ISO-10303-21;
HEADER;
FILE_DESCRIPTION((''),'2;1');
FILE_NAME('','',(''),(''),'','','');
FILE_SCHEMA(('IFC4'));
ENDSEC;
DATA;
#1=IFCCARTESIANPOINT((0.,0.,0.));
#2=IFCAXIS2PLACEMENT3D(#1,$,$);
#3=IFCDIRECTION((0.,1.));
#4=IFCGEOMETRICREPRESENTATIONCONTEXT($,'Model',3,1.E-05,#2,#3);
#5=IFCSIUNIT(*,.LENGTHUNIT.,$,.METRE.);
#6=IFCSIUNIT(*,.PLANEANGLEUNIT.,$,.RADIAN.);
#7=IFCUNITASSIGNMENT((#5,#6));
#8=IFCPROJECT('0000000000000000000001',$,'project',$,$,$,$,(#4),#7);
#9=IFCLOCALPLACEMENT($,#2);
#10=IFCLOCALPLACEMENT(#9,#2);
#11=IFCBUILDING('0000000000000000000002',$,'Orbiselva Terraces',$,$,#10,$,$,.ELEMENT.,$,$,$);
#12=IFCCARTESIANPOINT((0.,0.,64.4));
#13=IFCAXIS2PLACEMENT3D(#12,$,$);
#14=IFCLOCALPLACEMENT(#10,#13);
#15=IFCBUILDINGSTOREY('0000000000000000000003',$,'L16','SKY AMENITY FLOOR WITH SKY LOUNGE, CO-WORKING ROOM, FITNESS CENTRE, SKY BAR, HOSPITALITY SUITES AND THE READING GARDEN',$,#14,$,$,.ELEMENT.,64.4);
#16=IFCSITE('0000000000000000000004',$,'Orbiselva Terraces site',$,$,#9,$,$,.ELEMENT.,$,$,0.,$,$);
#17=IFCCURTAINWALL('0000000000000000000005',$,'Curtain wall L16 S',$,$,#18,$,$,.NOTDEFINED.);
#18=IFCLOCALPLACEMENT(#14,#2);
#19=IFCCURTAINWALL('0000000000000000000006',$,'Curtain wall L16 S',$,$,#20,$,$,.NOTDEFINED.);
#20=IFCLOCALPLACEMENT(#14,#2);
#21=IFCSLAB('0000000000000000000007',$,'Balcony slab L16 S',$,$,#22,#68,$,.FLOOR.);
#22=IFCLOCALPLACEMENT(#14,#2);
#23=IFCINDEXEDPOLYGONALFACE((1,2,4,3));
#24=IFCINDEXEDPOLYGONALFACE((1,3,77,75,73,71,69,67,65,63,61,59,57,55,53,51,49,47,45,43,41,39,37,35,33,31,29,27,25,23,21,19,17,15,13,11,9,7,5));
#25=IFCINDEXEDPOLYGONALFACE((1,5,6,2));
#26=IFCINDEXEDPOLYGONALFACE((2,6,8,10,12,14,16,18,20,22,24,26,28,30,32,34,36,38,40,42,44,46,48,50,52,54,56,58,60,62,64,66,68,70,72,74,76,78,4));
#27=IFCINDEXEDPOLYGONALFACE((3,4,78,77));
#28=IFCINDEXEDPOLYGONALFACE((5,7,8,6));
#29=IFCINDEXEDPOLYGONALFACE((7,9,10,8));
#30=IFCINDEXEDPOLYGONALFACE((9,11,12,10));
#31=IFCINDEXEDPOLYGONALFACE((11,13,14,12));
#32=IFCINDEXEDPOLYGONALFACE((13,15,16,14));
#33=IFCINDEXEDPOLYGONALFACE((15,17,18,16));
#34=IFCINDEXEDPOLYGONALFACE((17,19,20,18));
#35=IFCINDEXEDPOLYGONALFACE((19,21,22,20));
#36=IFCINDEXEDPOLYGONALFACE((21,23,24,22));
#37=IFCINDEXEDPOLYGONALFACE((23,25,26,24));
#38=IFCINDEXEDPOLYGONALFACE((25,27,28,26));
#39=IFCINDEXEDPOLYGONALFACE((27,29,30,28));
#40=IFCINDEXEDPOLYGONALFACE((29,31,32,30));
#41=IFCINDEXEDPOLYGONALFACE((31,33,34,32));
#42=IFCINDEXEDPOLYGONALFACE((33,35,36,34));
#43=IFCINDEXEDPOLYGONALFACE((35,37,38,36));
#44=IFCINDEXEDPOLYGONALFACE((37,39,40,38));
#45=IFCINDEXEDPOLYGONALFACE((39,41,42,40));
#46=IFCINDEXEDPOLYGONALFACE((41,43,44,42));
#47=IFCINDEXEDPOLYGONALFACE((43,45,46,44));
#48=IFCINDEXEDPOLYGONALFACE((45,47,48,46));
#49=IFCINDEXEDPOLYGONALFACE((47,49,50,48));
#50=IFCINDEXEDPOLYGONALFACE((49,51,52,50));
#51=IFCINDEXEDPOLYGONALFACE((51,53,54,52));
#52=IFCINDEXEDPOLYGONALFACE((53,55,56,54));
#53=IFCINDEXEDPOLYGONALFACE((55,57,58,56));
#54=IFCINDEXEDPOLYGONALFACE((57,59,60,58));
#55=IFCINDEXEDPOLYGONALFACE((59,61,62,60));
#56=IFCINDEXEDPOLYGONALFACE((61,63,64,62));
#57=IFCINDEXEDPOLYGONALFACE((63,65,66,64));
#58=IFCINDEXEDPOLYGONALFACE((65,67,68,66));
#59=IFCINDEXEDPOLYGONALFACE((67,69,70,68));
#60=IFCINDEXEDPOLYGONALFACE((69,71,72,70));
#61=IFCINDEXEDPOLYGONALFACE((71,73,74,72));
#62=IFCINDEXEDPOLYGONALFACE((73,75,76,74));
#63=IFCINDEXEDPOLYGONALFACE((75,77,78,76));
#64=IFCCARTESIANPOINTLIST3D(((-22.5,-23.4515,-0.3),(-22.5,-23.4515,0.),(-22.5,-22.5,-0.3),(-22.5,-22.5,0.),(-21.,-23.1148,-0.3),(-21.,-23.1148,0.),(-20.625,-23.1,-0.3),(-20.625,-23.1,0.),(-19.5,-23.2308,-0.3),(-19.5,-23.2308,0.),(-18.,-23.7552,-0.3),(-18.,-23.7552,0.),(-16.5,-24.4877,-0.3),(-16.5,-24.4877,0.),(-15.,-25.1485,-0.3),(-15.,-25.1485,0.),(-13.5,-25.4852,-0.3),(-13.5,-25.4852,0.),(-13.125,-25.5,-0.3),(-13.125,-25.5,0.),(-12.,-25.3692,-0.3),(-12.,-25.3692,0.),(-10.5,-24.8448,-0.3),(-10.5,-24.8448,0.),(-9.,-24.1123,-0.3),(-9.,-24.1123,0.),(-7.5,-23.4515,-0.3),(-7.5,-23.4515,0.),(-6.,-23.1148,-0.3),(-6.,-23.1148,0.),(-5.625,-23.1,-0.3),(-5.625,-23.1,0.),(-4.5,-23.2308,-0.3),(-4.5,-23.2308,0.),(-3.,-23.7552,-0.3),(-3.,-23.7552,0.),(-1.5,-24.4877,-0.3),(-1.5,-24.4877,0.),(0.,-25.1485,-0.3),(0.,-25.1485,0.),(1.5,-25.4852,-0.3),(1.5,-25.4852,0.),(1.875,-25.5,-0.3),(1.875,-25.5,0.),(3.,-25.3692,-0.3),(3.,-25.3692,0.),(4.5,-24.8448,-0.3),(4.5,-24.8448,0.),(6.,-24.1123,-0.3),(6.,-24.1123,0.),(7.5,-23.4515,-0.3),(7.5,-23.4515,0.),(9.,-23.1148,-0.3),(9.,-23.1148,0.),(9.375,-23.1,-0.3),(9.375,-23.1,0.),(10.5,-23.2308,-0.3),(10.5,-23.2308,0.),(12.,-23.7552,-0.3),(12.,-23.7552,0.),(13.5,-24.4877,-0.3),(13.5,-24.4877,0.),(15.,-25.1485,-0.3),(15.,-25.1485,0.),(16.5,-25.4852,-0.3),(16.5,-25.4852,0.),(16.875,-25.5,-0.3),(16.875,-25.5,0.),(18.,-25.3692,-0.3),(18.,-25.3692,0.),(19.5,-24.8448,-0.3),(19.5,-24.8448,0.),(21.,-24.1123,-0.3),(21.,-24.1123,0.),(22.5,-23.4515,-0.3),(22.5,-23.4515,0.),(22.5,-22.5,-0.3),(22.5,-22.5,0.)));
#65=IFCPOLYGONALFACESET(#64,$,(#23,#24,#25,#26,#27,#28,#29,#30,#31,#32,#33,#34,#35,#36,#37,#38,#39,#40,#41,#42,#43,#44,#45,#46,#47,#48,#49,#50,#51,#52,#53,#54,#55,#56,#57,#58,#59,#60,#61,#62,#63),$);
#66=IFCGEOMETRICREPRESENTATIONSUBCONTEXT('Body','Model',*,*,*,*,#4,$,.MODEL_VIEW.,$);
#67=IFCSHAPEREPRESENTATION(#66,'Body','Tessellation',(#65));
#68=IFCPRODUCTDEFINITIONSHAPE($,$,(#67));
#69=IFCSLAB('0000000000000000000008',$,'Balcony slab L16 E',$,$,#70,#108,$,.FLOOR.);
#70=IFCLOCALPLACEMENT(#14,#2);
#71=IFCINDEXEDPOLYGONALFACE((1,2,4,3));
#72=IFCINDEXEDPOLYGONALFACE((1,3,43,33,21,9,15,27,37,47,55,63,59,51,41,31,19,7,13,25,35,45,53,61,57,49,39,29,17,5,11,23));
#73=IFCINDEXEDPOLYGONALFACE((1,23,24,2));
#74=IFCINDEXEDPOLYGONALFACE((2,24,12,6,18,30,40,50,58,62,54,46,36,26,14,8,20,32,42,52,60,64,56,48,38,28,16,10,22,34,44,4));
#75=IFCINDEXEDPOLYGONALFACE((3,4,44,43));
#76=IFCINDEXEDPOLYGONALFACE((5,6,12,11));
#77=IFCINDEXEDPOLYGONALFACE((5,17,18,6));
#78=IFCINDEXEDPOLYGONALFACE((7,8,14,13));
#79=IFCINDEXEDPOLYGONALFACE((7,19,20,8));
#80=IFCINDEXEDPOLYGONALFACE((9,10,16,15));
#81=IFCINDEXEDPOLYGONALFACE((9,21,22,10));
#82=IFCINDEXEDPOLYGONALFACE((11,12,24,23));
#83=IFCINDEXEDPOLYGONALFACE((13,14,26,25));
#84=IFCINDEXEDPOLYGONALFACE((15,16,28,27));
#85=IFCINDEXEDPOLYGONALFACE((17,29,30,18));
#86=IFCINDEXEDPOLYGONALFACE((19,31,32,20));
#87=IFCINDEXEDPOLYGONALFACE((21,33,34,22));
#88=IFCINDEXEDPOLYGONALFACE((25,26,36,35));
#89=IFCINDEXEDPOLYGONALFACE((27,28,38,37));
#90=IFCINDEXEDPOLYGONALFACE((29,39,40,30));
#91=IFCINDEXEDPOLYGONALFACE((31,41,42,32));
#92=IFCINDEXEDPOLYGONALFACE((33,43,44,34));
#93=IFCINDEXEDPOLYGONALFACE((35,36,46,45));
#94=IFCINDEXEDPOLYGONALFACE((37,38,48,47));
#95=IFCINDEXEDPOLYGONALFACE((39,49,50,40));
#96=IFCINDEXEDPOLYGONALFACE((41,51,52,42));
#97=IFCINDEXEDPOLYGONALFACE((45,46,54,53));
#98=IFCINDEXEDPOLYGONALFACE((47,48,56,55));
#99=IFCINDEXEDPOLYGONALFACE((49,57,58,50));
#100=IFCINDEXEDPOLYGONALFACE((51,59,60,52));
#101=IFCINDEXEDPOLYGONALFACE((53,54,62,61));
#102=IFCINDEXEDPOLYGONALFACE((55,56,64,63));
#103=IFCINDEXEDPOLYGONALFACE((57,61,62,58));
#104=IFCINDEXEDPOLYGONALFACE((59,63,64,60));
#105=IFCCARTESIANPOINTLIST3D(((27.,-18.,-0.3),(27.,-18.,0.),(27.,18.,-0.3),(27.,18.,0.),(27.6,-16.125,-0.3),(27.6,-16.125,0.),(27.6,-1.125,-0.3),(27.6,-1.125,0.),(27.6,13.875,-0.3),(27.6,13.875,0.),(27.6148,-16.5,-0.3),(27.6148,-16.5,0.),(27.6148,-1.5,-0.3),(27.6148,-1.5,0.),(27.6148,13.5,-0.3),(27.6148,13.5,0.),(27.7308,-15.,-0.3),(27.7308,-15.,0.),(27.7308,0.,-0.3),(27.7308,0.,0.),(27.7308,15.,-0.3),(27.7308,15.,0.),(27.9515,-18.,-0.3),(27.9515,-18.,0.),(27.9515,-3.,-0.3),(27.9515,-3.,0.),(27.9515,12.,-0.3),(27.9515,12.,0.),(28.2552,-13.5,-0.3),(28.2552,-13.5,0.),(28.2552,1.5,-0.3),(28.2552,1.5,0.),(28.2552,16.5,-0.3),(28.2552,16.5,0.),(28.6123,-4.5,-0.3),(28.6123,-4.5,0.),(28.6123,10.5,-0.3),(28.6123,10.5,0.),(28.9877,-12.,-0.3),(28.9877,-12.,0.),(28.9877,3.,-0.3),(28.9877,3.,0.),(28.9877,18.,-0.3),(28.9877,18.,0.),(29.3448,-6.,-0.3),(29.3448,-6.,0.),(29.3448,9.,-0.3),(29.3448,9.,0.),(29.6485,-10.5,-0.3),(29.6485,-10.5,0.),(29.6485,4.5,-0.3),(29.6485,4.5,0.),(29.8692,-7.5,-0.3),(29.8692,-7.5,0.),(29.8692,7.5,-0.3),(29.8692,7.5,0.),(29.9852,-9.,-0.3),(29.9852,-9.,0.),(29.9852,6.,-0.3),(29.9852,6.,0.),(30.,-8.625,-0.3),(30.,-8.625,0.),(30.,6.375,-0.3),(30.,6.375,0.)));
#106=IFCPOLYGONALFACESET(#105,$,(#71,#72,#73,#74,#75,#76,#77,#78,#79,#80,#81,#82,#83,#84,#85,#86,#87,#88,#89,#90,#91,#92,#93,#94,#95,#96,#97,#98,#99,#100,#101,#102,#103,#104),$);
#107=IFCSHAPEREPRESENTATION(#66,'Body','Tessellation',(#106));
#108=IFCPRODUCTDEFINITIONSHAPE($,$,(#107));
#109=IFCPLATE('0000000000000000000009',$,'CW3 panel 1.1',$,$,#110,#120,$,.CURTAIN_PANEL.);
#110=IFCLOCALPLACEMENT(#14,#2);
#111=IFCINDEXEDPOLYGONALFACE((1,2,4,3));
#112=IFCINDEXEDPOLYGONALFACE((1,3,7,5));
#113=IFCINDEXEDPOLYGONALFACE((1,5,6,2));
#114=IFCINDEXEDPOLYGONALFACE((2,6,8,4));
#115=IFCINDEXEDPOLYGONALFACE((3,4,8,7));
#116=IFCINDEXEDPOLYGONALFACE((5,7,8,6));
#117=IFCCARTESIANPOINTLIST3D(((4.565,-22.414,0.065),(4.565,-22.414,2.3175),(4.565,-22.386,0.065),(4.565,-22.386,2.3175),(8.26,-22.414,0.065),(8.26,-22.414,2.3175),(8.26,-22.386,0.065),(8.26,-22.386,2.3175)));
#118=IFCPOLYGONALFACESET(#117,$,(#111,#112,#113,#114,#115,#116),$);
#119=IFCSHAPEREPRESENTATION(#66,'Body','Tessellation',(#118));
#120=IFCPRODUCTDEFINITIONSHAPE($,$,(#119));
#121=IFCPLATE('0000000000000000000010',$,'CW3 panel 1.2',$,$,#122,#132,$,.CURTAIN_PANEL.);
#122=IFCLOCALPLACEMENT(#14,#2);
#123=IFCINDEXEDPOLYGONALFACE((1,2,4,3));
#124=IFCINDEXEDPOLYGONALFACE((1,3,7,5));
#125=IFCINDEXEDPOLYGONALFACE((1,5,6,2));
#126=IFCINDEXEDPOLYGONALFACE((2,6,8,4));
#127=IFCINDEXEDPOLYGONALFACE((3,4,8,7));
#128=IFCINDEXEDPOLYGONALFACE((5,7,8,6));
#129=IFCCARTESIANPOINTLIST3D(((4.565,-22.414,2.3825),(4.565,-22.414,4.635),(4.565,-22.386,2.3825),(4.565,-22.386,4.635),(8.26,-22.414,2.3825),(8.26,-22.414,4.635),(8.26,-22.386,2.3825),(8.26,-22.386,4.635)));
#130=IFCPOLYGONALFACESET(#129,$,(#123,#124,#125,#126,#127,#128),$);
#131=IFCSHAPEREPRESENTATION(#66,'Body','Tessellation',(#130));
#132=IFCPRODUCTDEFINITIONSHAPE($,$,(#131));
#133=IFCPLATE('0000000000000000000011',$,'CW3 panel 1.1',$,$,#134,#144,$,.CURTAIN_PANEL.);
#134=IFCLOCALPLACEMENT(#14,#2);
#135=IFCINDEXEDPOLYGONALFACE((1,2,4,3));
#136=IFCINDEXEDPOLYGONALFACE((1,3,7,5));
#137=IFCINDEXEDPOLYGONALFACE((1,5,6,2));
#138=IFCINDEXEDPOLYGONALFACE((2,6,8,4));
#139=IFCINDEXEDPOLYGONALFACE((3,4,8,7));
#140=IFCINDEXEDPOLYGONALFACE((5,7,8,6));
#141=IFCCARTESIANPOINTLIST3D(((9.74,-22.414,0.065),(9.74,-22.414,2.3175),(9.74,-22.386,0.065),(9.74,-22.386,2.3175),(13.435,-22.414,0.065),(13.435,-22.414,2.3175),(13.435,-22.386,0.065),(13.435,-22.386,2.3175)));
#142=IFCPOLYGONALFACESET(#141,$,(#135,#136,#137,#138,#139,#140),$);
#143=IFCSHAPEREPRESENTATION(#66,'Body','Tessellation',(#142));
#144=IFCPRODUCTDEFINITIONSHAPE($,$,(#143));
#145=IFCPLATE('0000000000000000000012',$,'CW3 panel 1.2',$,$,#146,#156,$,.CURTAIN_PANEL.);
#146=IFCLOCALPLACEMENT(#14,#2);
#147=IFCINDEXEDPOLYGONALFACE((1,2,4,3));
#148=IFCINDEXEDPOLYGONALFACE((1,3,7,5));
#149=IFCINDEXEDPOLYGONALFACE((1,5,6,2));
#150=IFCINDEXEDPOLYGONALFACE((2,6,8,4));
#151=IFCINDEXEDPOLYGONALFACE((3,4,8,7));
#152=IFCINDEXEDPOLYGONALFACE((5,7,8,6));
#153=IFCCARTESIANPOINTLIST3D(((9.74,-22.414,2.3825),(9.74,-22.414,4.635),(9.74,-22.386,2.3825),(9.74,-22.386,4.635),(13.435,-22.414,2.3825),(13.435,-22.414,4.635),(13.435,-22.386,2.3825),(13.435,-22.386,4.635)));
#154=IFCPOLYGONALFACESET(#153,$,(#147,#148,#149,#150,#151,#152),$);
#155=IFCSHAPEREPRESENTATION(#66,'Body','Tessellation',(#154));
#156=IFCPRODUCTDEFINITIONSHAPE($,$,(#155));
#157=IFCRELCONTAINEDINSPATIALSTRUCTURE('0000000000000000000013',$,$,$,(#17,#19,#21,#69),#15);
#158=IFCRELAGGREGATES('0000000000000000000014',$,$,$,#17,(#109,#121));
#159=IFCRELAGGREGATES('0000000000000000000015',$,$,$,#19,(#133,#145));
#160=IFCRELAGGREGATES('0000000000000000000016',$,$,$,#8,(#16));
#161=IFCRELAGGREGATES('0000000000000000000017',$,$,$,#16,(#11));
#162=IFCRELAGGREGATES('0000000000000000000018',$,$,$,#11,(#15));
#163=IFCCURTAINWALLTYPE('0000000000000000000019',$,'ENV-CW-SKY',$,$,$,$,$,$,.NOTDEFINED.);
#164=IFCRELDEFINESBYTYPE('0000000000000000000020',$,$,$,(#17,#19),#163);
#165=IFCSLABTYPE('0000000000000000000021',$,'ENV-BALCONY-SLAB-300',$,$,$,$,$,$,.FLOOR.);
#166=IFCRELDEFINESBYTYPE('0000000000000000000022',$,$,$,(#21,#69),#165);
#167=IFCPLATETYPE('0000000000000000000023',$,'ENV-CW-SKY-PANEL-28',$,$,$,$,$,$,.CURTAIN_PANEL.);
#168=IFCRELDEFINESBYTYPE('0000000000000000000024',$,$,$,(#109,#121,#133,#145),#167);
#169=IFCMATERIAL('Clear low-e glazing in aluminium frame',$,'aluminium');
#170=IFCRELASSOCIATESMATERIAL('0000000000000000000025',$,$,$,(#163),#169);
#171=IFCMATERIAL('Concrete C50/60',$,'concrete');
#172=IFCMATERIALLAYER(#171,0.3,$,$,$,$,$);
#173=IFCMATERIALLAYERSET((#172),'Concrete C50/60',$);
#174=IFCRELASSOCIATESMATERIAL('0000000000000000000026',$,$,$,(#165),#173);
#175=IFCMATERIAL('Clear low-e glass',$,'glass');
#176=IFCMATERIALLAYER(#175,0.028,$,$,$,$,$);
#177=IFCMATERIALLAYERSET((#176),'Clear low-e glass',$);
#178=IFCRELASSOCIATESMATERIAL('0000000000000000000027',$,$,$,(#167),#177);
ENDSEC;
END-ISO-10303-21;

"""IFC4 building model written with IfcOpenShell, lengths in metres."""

from ifc_helpers import new_model, si_unit, direction, frame, origin, origin_2d, place, context, subcontext, project, spatial, polyline, rectangle, outline, extrude, material, layer, layer_set, type_object, element, aggregate, save


model = new_model("IFC4")

# Units and contexts
model_context = context("Model", 3, precision=1e-05, world=origin(), true_north=direction((0.0, 1.0)))
body_context = subcontext(model_context, "Body", "Model", "MODEL_VIEW")
ifc_project = project(units=[si_unit("LENGTHUNIT", "METRE"), si_unit("PLANEANGLEUNIT", "RADIAN")], contexts=[model_context])

# Site, building, storey
site_placement = place(None, origin())
site = spatial("IfcSite", under=ifc_project, at=site_placement, Name="Orbiselva Terraces site", CompositionType="ELEMENT", RefElevation=0.0)
building_placement = place(site_placement, origin())
building = spatial("IfcBuilding", under=site, at=building_placement, Name="Orbiselva Terraces", CompositionType="ELEMENT")
storey_placement = place(building_placement, frame((0.0, 0.0, 64.4)))
storey = spatial("IfcBuildingStorey", under=building, at=storey_placement, Name="L16", Description="SKY AMENITY FLOOR WITH SKY LOUNGE, CO-WORKING ROOM, FITNESS CENTRE, SKY BAR, HOSPITALITY SUITES AND THE READING GARDEN", CompositionType="ELEMENT", Elevation=64.4)

# Curtain walls
ifc_material_1 = material(Name="Clear low-e glazing in aluminium frame", Category="aluminium")
curtain_wall_type = type_object("IfcCurtainWallType", Name="ENV-CW-SKY", PredefinedType="NOTDEFINED", material=ifc_material_1)
curtain_wall_1_placement = place(storey_placement, origin())
curtain_wall_1 = element("IfcCurtainWall", 1, at=curtain_wall_1_placement, inside=storey, type_object=curtain_wall_type, Name="Curtain wall L16 S", PredefinedType="NOTDEFINED")
curtain_wall_2_placement = place(storey_placement, origin())
curtain_wall_2 = element("IfcCurtainWall", 2, at=curtain_wall_2_placement, inside=storey, type_object=curtain_wall_type, Name="Curtain wall L16 S", PredefinedType="NOTDEFINED")

# Slabs
ifc_material_2 = material(Name="Concrete C50/60", Category="concrete")
ifc_layer_1 = layer(ifc_material_2, 0.3)
ifc_layer_set_1 = layer_set([ifc_layer_1], Name="Concrete C50/60")
slab_type = type_object("IfcSlabType", Name="ENV-BALCONY-SLAB-300", PredefinedType="FLOOR", material=ifc_layer_set_1)
slab_1_placement = place(storey_placement, frame((0.0, 0.0, -0.3)))
element("IfcSlab", 3, at=slab_1_placement, inside=storey, type_object=slab_type, Name="Balcony slab L16 S", PredefinedType="FLOOR", context=body_context, shape_type="SweptSolid", body=[
    extrude(outline(polyline([(-22.5, -23.4515), (-21.0, -23.1148), (-20.625, -23.1), (-19.5, -23.2308), (-18.0, -23.7552), (-16.5, -24.4877), (-15.0, -25.1485), (-13.5, -25.4852), (-13.125, -25.5), (-12.0, -25.3692), (-10.5, -24.8448), (-9.0, -24.1123), (-7.5, -23.4515), (-6.0, -23.1148), (-5.625, -23.1), (-4.5, -23.2308), (-3.0, -23.7552), (-1.5, -24.4877), (0.0, -25.1485), (1.5, -25.4852), (1.875, -25.5), (3.0, -25.3692), (4.5, -24.8448), (6.0, -24.1123), (7.5, -23.4515), (9.0, -23.1148), (9.375, -23.1), (10.5, -23.2308), (12.0, -23.7552), (13.5, -24.4877), (15.0, -25.1485), (16.5, -25.4852), (16.875, -25.5), (18.0, -25.3692), (19.5, -24.8448), (21.0, -24.1123), (22.5, -23.4515), (22.5, -22.5), (-22.5, -22.5), (-22.5, -23.4515)])), origin(), (0.0, 0.0, 1.0), 0.3),
])
slab_2_placement = place(storey_placement, frame((0.0, 0.0, -0.3)))
element("IfcSlab", 4, at=slab_2_placement, inside=storey, type_object=slab_type, Name="Balcony slab L16 E", PredefinedType="FLOOR", context=body_context, shape_type="SweptSolid", body=[
    extrude(outline(polyline([(27.9515, -18.0), (27.6148, -16.5), (27.6, -16.125), (27.7308, -15.0), (28.2552, -13.5), (28.9877, -12.0), (29.6485, -10.5), (29.9852, -9.0), (30.0, -8.625), (29.8692, -7.5), (29.3448, -6.0), (28.6123, -4.5), (27.9515, -3.0), (27.6148, -1.5), (27.6, -1.125), (27.7308, 0.0), (28.2552, 1.5), (28.9877, 3.0), (29.6485, 4.5), (29.9852, 6.0), (30.0, 6.375), (29.8692, 7.5), (29.3448, 9.0), (28.6123, 10.5), (27.9515, 12.0), (27.6148, 13.5), (27.6, 13.875), (27.7308, 15.0), (28.2552, 16.5), (28.9877, 18.0), (27.0, 18.0), (27.0, -18.0), (27.9515, -18.0)])), origin(), (0.0, 0.0, 1.0), 0.3),
])

# Plates
ifc_material_3 = material(Name="Clear low-e glass", Category="glass")
ifc_layer_2 = layer(ifc_material_3, 0.028)
ifc_layer_set_2 = layer_set([ifc_layer_2], Name="Clear low-e glass")
plate_type = type_object("IfcPlateType", Name="ENV-CW-SKY-PANEL-28", PredefinedType="CURTAIN_PANEL", material=ifc_layer_set_2)
plate_1_placement = place(storey_placement, frame((6.4125, -22.4, 0.065), z_axis=(0.0, 0.0, 1.0), x_axis=(1.0, 0.0, 0.0)))
plate_1 = element("IfcPlate", 5, at=plate_1_placement, type_object=plate_type, Name="CW3 panel 1.1", PredefinedType="CURTAIN_PANEL", context=body_context, shape_type="SweptSolid", body=[
    extrude(rectangle(XDim=3.695, YDim=0.028, at=origin_2d()), origin(), (0.0, 0.0, 1.0), 2.2525),
])
plate_2_placement = place(storey_placement, frame((6.4125, -22.4, 2.3825), z_axis=(0.0, 0.0, 1.0), x_axis=(1.0, 0.0, 0.0)))
plate_2 = element("IfcPlate", 6, at=plate_2_placement, type_object=plate_type, Name="CW3 panel 1.2", PredefinedType="CURTAIN_PANEL", context=body_context, shape_type="SweptSolid", body=[
    extrude(rectangle(XDim=3.695, YDim=0.028, at=origin_2d()), origin(), (0.0, 0.0, 1.0), 2.2525),
])
aggregate(curtain_wall_1, [plate_1, plate_2])
plate_3_placement = place(storey_placement, frame((11.5875, -22.4, 0.065), z_axis=(0.0, 0.0, 1.0), x_axis=(1.0, 0.0, 0.0)))
plate_3 = element("IfcPlate", 7, at=plate_3_placement, type_object=plate_type, Name="CW3 panel 1.1", PredefinedType="CURTAIN_PANEL", context=body_context, shape_type="SweptSolid", body=[
    extrude(rectangle(XDim=3.695, YDim=0.028, at=origin_2d()), origin(), (0.0, 0.0, 1.0), 2.2525),
])
plate_4_placement = place(storey_placement, frame((11.5875, -22.4, 2.3825), z_axis=(0.0, 0.0, 1.0), x_axis=(1.0, 0.0, 0.0)))
plate_4 = element("IfcPlate", 8, at=plate_4_placement, type_object=plate_type, Name="CW3 panel 1.2", PredefinedType="CURTAIN_PANEL", context=body_context, shape_type="SweptSolid", body=[
    extrude(rectangle(XDim=3.695, YDim=0.028, at=origin_2d()), origin(), (0.0, 0.0, 1.0), 2.2525),
])
aggregate(curtain_wall_2, [plate_3, plate_4])

save(model, "model.ifc")
